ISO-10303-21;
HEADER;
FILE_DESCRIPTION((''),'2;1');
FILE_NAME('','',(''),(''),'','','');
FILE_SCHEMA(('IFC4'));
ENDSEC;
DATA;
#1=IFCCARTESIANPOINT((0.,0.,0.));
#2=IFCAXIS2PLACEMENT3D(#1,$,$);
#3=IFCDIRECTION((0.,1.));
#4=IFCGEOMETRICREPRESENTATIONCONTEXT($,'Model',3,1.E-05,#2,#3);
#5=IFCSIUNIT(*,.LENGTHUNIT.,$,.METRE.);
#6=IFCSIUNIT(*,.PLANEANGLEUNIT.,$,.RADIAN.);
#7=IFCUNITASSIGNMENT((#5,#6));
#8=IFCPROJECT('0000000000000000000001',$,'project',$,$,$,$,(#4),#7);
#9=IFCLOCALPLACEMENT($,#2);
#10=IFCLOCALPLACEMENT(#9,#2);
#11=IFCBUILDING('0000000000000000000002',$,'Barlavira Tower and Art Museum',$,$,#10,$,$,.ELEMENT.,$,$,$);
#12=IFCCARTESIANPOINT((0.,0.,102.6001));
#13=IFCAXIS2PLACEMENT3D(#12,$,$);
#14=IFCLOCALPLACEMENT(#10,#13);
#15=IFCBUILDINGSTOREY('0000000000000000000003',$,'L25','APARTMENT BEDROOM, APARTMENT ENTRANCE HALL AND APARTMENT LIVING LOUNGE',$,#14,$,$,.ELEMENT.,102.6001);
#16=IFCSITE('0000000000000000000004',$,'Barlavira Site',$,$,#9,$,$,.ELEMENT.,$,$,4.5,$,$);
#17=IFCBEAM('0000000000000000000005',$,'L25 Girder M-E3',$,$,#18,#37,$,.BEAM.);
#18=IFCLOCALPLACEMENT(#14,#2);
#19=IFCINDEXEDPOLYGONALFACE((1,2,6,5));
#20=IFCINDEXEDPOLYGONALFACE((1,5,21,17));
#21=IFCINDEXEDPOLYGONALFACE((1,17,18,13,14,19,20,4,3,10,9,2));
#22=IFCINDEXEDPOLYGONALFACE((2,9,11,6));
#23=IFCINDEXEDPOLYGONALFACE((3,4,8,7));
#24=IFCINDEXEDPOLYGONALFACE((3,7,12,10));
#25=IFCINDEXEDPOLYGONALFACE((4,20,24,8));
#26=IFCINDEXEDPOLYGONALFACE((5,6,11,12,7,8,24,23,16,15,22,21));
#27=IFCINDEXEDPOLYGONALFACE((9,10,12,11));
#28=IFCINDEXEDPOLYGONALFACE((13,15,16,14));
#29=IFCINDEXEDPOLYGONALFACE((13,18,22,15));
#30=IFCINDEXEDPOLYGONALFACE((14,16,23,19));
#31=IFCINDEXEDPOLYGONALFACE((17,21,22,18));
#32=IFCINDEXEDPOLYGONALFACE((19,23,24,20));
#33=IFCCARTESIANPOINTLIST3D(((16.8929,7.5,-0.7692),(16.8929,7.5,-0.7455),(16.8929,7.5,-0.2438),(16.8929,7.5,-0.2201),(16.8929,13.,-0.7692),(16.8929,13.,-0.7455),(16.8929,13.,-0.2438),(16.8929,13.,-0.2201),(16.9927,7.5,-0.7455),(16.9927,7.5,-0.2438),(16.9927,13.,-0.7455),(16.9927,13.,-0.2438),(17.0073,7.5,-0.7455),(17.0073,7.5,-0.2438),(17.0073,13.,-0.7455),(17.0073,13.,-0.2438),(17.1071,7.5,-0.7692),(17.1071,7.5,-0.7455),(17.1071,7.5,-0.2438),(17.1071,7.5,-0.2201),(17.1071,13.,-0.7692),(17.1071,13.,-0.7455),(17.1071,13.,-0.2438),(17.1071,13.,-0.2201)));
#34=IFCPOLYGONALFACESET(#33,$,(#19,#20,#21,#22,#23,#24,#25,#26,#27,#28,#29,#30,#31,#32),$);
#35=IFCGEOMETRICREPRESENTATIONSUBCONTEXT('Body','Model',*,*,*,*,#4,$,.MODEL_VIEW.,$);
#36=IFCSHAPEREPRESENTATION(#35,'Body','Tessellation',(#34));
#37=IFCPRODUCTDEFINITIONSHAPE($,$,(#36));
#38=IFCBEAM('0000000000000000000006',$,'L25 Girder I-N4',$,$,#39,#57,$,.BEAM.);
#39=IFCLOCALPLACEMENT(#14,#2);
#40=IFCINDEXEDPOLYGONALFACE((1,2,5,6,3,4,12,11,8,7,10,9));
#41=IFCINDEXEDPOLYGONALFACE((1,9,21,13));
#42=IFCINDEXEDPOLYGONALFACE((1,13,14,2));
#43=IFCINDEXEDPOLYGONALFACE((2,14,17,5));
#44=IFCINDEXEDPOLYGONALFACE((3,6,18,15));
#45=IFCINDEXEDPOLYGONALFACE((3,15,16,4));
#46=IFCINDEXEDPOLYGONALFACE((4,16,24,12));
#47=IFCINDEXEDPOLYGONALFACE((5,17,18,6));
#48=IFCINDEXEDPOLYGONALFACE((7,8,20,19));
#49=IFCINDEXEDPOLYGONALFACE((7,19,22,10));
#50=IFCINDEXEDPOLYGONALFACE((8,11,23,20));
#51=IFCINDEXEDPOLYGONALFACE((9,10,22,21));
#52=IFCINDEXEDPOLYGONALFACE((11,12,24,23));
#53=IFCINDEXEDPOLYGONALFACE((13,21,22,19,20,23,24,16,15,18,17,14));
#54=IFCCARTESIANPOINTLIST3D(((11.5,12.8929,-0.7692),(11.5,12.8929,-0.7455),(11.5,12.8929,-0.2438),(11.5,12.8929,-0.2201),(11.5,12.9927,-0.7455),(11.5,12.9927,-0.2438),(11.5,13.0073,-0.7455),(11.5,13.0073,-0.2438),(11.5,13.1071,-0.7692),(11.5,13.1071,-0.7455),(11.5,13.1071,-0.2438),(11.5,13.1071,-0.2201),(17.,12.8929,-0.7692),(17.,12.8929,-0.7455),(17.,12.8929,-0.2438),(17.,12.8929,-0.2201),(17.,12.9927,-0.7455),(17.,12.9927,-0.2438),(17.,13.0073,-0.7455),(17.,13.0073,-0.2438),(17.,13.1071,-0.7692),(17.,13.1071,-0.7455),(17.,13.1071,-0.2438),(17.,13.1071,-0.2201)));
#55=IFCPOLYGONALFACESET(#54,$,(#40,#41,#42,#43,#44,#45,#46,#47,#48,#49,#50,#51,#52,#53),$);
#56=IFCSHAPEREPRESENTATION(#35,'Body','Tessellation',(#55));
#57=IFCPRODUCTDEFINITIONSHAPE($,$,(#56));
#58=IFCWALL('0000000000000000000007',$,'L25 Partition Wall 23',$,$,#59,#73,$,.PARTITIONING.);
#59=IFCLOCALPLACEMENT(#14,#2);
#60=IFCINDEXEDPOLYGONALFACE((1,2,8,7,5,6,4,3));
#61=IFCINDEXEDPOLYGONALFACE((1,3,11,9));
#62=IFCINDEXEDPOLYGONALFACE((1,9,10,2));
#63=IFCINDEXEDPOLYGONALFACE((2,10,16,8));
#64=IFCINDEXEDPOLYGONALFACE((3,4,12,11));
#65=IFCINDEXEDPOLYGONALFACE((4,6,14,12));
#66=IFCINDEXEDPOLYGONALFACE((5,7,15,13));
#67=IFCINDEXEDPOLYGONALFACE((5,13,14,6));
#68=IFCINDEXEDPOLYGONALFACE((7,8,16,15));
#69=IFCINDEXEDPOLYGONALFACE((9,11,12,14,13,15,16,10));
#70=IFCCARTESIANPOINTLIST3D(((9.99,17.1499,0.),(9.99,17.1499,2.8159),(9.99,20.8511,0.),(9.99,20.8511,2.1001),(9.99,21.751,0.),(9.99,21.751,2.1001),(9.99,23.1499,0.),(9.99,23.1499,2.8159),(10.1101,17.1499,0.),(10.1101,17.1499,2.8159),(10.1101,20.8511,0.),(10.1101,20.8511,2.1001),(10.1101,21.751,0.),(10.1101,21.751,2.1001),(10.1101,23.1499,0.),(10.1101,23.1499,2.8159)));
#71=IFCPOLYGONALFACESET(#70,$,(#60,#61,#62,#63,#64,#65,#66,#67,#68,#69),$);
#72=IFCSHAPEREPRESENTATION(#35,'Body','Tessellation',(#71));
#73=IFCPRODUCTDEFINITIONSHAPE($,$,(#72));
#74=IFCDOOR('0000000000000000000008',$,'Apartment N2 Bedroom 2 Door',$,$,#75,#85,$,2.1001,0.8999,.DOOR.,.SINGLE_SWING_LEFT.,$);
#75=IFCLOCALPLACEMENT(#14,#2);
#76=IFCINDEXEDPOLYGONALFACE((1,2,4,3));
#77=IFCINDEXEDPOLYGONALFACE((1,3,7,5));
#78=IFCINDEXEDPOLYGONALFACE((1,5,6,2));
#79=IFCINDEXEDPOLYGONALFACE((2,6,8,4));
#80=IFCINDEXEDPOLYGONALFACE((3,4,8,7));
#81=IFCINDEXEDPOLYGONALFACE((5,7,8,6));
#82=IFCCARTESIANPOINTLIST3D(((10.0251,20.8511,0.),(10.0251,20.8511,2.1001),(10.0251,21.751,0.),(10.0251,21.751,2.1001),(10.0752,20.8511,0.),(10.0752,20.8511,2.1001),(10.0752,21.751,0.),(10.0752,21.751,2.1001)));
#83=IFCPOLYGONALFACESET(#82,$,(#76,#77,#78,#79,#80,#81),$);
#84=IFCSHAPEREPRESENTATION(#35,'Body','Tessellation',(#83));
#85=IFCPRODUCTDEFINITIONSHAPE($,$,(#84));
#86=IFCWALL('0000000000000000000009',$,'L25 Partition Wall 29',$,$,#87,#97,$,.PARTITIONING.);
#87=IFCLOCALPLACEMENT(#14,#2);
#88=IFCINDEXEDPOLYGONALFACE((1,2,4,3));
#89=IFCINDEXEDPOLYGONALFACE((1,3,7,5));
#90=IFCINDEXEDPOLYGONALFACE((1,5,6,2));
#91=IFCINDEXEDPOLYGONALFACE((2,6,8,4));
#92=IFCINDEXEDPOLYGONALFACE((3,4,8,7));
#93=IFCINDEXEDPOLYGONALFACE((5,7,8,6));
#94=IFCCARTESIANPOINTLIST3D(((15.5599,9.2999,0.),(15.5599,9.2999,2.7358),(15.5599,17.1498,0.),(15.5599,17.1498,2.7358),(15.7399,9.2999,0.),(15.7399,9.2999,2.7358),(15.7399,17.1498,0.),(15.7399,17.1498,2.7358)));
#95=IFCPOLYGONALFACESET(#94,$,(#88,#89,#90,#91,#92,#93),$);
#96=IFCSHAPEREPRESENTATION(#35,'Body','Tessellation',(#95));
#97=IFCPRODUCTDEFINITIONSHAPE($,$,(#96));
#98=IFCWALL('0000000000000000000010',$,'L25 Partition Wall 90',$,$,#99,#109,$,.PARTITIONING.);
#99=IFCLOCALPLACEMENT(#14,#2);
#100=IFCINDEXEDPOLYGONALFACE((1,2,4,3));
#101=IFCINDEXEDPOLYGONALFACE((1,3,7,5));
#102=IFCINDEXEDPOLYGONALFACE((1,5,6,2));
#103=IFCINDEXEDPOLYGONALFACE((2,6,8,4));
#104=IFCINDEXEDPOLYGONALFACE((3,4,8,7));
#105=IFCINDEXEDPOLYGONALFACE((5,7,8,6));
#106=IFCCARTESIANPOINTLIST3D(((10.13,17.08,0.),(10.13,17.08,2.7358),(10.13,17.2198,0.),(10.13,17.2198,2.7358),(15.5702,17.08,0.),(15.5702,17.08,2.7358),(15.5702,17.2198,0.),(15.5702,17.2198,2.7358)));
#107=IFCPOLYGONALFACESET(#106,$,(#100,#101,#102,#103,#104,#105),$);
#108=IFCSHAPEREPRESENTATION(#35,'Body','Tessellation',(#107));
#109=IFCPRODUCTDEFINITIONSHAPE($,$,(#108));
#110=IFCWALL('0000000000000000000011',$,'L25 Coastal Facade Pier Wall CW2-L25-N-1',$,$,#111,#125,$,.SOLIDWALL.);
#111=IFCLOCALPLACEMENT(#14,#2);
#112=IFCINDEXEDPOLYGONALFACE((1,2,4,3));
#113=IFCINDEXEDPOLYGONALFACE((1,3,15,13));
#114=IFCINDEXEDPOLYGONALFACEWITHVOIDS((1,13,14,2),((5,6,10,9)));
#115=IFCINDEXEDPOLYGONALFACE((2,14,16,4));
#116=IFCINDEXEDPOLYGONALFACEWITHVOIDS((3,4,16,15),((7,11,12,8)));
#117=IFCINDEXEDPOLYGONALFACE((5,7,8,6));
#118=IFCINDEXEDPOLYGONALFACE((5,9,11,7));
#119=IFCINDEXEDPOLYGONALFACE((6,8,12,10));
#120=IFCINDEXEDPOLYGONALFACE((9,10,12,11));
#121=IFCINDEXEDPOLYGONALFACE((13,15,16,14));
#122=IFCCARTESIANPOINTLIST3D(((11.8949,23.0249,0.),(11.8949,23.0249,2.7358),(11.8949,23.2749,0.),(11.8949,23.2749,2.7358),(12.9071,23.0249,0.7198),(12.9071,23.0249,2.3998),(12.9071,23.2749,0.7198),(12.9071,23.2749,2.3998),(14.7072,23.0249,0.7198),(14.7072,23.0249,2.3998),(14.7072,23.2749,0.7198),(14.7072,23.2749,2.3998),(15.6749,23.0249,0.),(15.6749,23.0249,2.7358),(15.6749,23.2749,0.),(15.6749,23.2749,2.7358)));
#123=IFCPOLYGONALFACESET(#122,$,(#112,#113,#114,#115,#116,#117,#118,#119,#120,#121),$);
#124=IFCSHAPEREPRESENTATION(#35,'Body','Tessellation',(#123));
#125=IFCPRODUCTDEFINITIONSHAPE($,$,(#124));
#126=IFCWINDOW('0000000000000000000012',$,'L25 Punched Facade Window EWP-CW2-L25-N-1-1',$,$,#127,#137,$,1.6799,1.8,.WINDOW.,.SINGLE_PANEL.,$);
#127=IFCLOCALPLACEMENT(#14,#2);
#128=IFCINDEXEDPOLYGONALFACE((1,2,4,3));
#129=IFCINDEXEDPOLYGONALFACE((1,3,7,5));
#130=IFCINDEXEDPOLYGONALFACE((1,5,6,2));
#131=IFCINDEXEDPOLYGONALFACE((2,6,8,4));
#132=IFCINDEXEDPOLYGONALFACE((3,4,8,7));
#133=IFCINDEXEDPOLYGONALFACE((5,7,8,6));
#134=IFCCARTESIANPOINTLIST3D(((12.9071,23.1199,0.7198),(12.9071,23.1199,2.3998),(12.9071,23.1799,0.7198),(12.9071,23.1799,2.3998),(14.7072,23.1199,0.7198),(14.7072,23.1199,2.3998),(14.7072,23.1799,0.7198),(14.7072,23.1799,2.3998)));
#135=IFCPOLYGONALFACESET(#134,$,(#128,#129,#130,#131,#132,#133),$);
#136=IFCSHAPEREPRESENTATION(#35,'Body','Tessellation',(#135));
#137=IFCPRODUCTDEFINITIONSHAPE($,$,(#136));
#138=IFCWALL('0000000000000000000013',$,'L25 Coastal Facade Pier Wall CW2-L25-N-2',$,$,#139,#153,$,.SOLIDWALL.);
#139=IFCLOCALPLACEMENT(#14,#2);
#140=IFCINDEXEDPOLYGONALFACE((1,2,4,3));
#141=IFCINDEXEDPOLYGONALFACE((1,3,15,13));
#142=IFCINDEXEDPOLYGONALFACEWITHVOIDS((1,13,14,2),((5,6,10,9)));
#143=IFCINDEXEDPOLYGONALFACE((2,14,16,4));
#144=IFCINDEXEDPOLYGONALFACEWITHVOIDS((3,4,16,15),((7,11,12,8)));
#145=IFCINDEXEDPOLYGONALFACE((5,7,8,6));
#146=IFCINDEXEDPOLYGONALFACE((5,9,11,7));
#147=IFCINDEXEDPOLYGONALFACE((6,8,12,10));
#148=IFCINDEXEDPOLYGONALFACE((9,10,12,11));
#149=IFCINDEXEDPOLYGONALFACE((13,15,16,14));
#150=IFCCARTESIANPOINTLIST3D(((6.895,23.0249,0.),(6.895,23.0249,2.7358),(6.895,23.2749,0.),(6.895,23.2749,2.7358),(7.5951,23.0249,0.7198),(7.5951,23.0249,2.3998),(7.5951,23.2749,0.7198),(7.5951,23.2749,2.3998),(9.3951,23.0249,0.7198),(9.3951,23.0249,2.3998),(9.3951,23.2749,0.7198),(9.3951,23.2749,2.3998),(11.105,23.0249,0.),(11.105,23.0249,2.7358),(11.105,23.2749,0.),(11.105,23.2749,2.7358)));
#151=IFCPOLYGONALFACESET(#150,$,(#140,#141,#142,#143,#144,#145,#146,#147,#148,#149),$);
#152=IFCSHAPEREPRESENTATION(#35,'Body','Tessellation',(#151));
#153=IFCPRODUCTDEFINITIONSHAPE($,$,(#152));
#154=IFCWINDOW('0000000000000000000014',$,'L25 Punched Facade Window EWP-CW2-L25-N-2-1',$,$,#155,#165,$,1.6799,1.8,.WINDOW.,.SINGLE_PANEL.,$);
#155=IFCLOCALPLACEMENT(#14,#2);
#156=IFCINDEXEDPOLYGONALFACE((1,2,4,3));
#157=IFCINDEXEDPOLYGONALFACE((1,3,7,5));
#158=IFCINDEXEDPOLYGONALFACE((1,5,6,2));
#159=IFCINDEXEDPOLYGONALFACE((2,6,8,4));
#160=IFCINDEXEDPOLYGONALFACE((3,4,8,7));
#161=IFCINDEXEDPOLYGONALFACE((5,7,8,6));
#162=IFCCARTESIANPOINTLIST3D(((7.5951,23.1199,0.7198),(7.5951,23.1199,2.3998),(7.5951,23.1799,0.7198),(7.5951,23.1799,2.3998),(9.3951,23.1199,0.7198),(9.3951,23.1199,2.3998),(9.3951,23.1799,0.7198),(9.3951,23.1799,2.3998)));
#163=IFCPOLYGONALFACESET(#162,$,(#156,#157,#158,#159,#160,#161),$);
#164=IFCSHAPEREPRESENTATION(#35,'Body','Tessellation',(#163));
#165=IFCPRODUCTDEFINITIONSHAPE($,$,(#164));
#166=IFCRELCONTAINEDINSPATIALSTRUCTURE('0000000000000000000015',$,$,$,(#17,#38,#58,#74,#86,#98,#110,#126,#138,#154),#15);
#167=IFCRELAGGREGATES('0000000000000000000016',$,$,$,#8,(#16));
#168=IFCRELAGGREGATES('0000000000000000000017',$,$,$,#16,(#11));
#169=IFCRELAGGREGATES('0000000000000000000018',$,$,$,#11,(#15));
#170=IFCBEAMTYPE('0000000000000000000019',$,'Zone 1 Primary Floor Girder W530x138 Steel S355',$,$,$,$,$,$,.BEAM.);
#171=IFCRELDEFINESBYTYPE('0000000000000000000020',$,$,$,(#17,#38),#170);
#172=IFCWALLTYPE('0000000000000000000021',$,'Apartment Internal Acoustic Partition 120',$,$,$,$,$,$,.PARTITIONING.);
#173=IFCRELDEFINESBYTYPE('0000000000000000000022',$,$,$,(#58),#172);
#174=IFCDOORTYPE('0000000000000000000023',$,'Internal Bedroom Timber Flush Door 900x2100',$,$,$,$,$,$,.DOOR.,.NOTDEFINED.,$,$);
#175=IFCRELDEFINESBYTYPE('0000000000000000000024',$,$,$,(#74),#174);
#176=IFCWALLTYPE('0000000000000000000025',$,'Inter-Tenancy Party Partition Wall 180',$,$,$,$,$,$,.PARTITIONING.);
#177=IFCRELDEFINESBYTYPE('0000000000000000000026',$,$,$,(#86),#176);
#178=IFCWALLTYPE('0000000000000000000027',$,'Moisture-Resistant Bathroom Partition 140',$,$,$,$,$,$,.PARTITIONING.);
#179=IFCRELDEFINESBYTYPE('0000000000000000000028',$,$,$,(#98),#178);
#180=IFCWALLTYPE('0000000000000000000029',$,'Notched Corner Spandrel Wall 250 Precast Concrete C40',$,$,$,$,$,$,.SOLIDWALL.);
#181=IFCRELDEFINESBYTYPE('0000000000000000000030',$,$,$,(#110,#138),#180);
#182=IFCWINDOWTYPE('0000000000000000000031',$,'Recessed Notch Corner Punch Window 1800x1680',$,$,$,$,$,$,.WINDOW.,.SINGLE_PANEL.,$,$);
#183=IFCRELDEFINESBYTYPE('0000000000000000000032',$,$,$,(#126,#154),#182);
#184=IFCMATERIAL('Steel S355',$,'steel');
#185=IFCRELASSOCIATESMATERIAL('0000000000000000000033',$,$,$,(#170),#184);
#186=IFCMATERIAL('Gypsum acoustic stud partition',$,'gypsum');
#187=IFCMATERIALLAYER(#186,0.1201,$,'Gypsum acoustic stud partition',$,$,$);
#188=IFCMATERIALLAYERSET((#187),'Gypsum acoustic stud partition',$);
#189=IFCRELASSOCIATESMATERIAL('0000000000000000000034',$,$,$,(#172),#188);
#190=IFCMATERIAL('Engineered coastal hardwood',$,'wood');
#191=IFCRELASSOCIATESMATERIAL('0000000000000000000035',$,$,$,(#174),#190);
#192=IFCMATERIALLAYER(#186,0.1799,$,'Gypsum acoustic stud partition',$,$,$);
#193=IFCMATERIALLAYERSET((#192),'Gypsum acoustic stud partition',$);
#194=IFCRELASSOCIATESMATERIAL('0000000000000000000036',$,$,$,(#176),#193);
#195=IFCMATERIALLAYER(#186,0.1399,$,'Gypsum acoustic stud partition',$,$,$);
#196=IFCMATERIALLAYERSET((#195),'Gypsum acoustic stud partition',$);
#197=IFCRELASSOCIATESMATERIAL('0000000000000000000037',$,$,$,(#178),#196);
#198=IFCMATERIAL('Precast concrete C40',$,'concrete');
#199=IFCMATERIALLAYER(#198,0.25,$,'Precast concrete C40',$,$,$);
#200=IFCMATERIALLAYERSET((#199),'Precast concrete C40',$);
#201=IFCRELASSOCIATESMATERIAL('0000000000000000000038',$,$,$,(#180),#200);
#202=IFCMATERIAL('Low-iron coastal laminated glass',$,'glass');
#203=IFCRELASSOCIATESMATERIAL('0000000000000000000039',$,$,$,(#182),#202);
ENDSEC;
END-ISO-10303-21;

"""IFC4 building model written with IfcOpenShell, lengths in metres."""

from ifc_helpers import new_model, si_unit, direction, frame, frame_2d, origin, origin_2d, place, context, subcontext, project, spatial, rectangle, i_section, extrude, material, layer, layer_set, material_profile, profile_set, type_object, element, fill, save


model = new_model("IFC4")

# Units and contexts
model_context = context("Model", 3, precision=1e-05, world=origin(), true_north=direction((0.0, 1.0)))
body_context = subcontext(model_context, "Body", "Model", "MODEL_VIEW")
ifc_project = project(units=[si_unit("LENGTHUNIT", "METRE"), si_unit("PLANEANGLEUNIT", "RADIAN")], contexts=[model_context])

# Site, building, storey
site_placement = place(None, origin())
site = spatial("IfcSite", under=ifc_project, at=site_placement, Name="Barlavira Site", CompositionType="ELEMENT", RefElevation=4.5)
building_placement = place(site_placement, origin())
building = spatial("IfcBuilding", under=site, at=building_placement, Name="Barlavira Tower and Art Museum", CompositionType="ELEMENT")
storey_placement = place(building_placement, frame((0.0, 0.0, 102.6001)))
storey = spatial("IfcBuildingStorey", under=building, at=storey_placement, Name="L25", Description="APARTMENT BEDROOM, APARTMENT ENTRANCE HALL AND APARTMENT LIVING LOUNGE", CompositionType="ELEMENT", Elevation=102.6001)

# Beams
ifc_material_1 = material(Name="Steel S355", Category="steel")
ifc_material_profile_1 = material_profile(ifc_material_1, i_section(OverallWidth=0.2141, OverallDepth=0.5491, WebThickness=0.0146, FlangeThickness=0.0237, at=origin_2d()), Name="W530x138.0")
ifc_profile_set_1 = profile_set([ifc_material_profile_1], Name="Steel S355")
beam_type_1 = type_object("IfcBeamType", Name="Zone 1 Primary Floor Girder W530x138 Steel S355", PredefinedType="BEAM", material=ifc_profile_set_1)
for number, where, z_axis, x_axis, name in (
    (1, (17.0, 7.5, -0.4946), (0.0, 1.0, 0.0), (-1.0, 0.0, 0.0), "L25 Girder M-E3"),
    (2, (11.5, 13.0, -0.4946), (1.0, 0.0, 0.0), (0.0, 1.0, 0.0), "L25 Girder I-N4"),
):
    element("IfcBeam", number, at=place(storey_placement, frame(where, z_axis=z_axis, x_axis=x_axis)), inside=storey, type_object=beam_type_1, Name=name, PredefinedType="BEAM", context=body_context, shape_type="SweptSolid", body=[
        extrude(i_section(OverallWidth=0.2141, OverallDepth=0.5491, WebThickness=0.0146, FlangeThickness=0.0237, at=origin_2d()), origin(), (0.0, 0.0, 1.0), 5.5),
    ])

# Wall, opening, door
ifc_material_2 = material(Name="Gypsum acoustic stud partition", Category="gypsum")
ifc_layer_1 = layer(ifc_material_2, 0.1201, Name="Gypsum acoustic stud partition")
ifc_layer_set_1 = layer_set([ifc_layer_1], Name="Gypsum acoustic stud partition")
wall_type_1 = type_object("IfcWallType", Name="Apartment Internal Acoustic Partition 120", PredefinedType="PARTITIONING", material=ifc_layer_set_1)
wall_1_placement = place(storey_placement, frame((10.05, 17.1499, 0.0), z_axis=(0.0, 0.0, 1.0), x_axis=(0.0, 1.0, 0.0)))
wall_1 = element("IfcWall", 3, at=wall_1_placement, inside=storey, type_object=wall_type_1, Name="L25 Partition Wall 23", PredefinedType="PARTITIONING", context=body_context, shape_type="SweptSolid", body=[
    extrude(rectangle(XDim=6.0, YDim=0.1201, at=frame_2d((3.0, 0.0))), origin(), (0.0, 0.0, 1.0), 2.8159),
])
opening_1_placement = place(wall_1_placement, frame((3.7012, 0.0, 0.0)))
opening_1 = element("IfcOpeningElement", 4, at=opening_1_placement, cuts=wall_1, PredefinedType="OPENING", context=body_context, shape_type="SweptSolid", body=[
    extrude(rectangle(XDim=0.8999, YDim=2.1001, at=frame_2d((0.45, 1.05))), frame((0.0, 0.0701, 0.0), z_axis=(0.0, -1.0, 0.0), x_axis=(1.0, 0.0, 0.0)), (0.0, 0.0, 1.0), 0.1401),
])
ifc_material_3 = material(Name="Engineered coastal hardwood", Category="wood")
door_type = type_object("IfcDoorType", Name="Internal Bedroom Timber Flush Door 900x2100", OperationType="NOTDEFINED", PredefinedType="DOOR", material=ifc_material_3)
door_placement = place(opening_1_placement, origin())
door = element("IfcDoor", 5, at=door_placement, inside=storey, type_object=door_type, Name="Apartment N2 Bedroom 2 Door", OperationType="SINGLE_SWING_LEFT", OverallHeight=2.1001, OverallWidth=0.8999, PredefinedType="DOOR", context=body_context, shape_type="SweptSolid", body=[
    extrude(rectangle(XDim=0.8999, YDim=2.1001, at=frame_2d((0.45, 1.05))), frame((0.0, 0.0249, 0.0), z_axis=(0.0, -1.0, 0.0), x_axis=(1.0, 0.0, 0.0)), (0.0, 0.0, 1.0), 0.05),
])
fill(opening_1, door)

# Walls
ifc_layer_2 = layer(ifc_material_2, 0.1799, Name="Gypsum acoustic stud partition")
ifc_layer_set_2 = layer_set([ifc_layer_2], Name="Gypsum acoustic stud partition")
wall_type_2 = type_object("IfcWallType", Name="Inter-Tenancy Party Partition Wall 180", PredefinedType="PARTITIONING", material=ifc_layer_set_2)
wall_2_placement = place(storey_placement, frame((15.6499, 9.3, 0.0), z_axis=(0.0, 0.0, 1.0), x_axis=(0.0, 1.0, 0.0)))
element("IfcWall", 6, at=wall_2_placement, inside=storey, type_object=wall_type_2, Name="L25 Partition Wall 29", PredefinedType="PARTITIONING", context=body_context, shape_type="SweptSolid", body=[
    extrude(rectangle(XDim=7.8499, YDim=0.1799, at=frame_2d((3.9248, 0.0))), origin(), (0.0, 0.0, 1.0), 2.7358),
])
ifc_layer_3 = layer(ifc_material_2, 0.1399, Name="Gypsum acoustic stud partition")
ifc_layer_set_3 = layer_set([ifc_layer_3], Name="Gypsum acoustic stud partition")
wall_type_3 = type_object("IfcWallType", Name="Moisture-Resistant Bathroom Partition 140", PredefinedType="PARTITIONING", material=ifc_layer_set_3)
wall_3_placement = place(storey_placement, frame((10.1299, 17.1499, 0.0), z_axis=(0.0, 0.0, 1.0), x_axis=(1.0, 0.0, 0.0)))
element("IfcWall", 7, at=wall_3_placement, inside=storey, type_object=wall_type_3, Name="L25 Partition Wall 90", PredefinedType="PARTITIONING", context=body_context, shape_type="SweptSolid", body=[
    extrude(rectangle(XDim=5.4402, YDim=0.1399, at=frame_2d((2.7202, 0.0))), origin(), (0.0, 0.0, 1.0), 2.7358),
])

# Walls, openings, windows
ifc_material_4 = material(Name="Precast concrete C40", Category="concrete")
ifc_layer_4 = layer(ifc_material_4, 0.25, Name="Precast concrete C40")
ifc_layer_set_4 = layer_set([ifc_layer_4], Name="Precast concrete C40")
wall_type_4 = type_object("IfcWallType", Name="Notched Corner Spandrel Wall 250 Precast Concrete C40", PredefinedType="SOLIDWALL", material=ifc_layer_set_4)
wall_4_placement = place(storey_placement, frame((15.675, 23.1499, 0.0), z_axis=(0.0, 0.0, 1.0), x_axis=(-1.0, 0.0, 0.0)))
wall_4 = element("IfcWall", 8, at=wall_4_placement, inside=storey, type_object=wall_type_4, Name="L25 Coastal Facade Pier Wall CW2-L25-N-1", PredefinedType="SOLIDWALL", context=body_context, shape_type="SweptSolid", body=[
    extrude(rectangle(XDim=3.78, YDim=0.25, at=frame_2d((1.8901, 0.0))), origin(), (0.0, 0.0, 1.0), 2.7358),
])
opening_2_placement = place(wall_4_placement, frame((0.968, 0.0, 0.72)))
opening_2 = element("IfcOpeningElement", 9, at=opening_2_placement, cuts=wall_4, PredefinedType="OPENING", context=body_context, shape_type="SweptSolid", body=[
    extrude(rectangle(XDim=1.8, YDim=1.6799, at=frame_2d((0.8999, 0.8398))), frame((0.0, 0.135, 0.0), z_axis=(0.0, -1.0, 0.0), x_axis=(1.0, 0.0, 0.0)), (0.0, 0.0, 1.0), 0.27),
])
ifc_material_5 = material(Name="Low-iron coastal laminated glass", Category="glass")
window_type = type_object("IfcWindowType", Name="Recessed Notch Corner Punch Window 1800x1680", PartitioningType="SINGLE_PANEL", PredefinedType="WINDOW", material=ifc_material_5)
window_1_placement = place(opening_2_placement, origin())
window_1 = element("IfcWindow", 10, at=window_1_placement, inside=storey, type_object=window_type, Name="L25 Punched Facade Window EWP-CW2-L25-N-1-1", OverallHeight=1.6799, OverallWidth=1.8, PartitioningType="SINGLE_PANEL", PredefinedType="WINDOW", context=body_context, shape_type="SweptSolid", body=[
    extrude(rectangle(XDim=1.8, YDim=1.6799, at=frame_2d((0.8999, 0.8398))), frame((0.0, 0.03, 0.0), z_axis=(0.0, -1.0, 0.0), x_axis=(1.0, 0.0, 0.0)), (0.0, 0.0, 1.0), 0.0601),
])
fill(opening_2, window_1)
wall_5_placement = place(storey_placement, frame((11.105, 23.1499, 0.0), z_axis=(0.0, 0.0, 1.0), x_axis=(-1.0, 0.0, 0.0)))
wall_5 = element("IfcWall", 11, at=wall_5_placement, inside=storey, type_object=wall_type_4, Name="L25 Coastal Facade Pier Wall CW2-L25-N-2", PredefinedType="SOLIDWALL", context=body_context, shape_type="SweptSolid", body=[
    extrude(rectangle(XDim=4.21, YDim=0.25, at=frame_2d((2.105, 0.0))), origin(), (0.0, 0.0, 1.0), 2.7358),
])
opening_3_placement = place(wall_5_placement, frame((1.71, 0.0, 0.72)))
opening_3 = element("IfcOpeningElement", 12, at=opening_3_placement, cuts=wall_5, PredefinedType="OPENING", context=body_context, shape_type="SweptSolid", body=[
    extrude(rectangle(XDim=1.8, YDim=1.6799, at=frame_2d((0.8999, 0.8398))), frame((0.0, 0.135, 0.0), z_axis=(0.0, -1.0, 0.0), x_axis=(1.0, 0.0, 0.0)), (0.0, 0.0, 1.0), 0.27),
])
window_2_placement = place(opening_3_placement, origin())
window_2 = element("IfcWindow", 13, at=window_2_placement, inside=storey, type_object=window_type, Name="L25 Punched Facade Window EWP-CW2-L25-N-2-1", OverallHeight=1.6799, OverallWidth=1.8, PartitioningType="SINGLE_PANEL", PredefinedType="WINDOW", context=body_context, shape_type="SweptSolid", body=[
    extrude(rectangle(XDim=1.8, YDim=1.6799, at=frame_2d((0.8999, 0.8398))), frame((0.0, 0.03, 0.0), z_axis=(0.0, -1.0, 0.0), x_axis=(1.0, 0.0, 0.0)), (0.0, 0.0, 1.0), 0.0601),
])
fill(opening_3, window_2)

save(model, "model.ifc")
